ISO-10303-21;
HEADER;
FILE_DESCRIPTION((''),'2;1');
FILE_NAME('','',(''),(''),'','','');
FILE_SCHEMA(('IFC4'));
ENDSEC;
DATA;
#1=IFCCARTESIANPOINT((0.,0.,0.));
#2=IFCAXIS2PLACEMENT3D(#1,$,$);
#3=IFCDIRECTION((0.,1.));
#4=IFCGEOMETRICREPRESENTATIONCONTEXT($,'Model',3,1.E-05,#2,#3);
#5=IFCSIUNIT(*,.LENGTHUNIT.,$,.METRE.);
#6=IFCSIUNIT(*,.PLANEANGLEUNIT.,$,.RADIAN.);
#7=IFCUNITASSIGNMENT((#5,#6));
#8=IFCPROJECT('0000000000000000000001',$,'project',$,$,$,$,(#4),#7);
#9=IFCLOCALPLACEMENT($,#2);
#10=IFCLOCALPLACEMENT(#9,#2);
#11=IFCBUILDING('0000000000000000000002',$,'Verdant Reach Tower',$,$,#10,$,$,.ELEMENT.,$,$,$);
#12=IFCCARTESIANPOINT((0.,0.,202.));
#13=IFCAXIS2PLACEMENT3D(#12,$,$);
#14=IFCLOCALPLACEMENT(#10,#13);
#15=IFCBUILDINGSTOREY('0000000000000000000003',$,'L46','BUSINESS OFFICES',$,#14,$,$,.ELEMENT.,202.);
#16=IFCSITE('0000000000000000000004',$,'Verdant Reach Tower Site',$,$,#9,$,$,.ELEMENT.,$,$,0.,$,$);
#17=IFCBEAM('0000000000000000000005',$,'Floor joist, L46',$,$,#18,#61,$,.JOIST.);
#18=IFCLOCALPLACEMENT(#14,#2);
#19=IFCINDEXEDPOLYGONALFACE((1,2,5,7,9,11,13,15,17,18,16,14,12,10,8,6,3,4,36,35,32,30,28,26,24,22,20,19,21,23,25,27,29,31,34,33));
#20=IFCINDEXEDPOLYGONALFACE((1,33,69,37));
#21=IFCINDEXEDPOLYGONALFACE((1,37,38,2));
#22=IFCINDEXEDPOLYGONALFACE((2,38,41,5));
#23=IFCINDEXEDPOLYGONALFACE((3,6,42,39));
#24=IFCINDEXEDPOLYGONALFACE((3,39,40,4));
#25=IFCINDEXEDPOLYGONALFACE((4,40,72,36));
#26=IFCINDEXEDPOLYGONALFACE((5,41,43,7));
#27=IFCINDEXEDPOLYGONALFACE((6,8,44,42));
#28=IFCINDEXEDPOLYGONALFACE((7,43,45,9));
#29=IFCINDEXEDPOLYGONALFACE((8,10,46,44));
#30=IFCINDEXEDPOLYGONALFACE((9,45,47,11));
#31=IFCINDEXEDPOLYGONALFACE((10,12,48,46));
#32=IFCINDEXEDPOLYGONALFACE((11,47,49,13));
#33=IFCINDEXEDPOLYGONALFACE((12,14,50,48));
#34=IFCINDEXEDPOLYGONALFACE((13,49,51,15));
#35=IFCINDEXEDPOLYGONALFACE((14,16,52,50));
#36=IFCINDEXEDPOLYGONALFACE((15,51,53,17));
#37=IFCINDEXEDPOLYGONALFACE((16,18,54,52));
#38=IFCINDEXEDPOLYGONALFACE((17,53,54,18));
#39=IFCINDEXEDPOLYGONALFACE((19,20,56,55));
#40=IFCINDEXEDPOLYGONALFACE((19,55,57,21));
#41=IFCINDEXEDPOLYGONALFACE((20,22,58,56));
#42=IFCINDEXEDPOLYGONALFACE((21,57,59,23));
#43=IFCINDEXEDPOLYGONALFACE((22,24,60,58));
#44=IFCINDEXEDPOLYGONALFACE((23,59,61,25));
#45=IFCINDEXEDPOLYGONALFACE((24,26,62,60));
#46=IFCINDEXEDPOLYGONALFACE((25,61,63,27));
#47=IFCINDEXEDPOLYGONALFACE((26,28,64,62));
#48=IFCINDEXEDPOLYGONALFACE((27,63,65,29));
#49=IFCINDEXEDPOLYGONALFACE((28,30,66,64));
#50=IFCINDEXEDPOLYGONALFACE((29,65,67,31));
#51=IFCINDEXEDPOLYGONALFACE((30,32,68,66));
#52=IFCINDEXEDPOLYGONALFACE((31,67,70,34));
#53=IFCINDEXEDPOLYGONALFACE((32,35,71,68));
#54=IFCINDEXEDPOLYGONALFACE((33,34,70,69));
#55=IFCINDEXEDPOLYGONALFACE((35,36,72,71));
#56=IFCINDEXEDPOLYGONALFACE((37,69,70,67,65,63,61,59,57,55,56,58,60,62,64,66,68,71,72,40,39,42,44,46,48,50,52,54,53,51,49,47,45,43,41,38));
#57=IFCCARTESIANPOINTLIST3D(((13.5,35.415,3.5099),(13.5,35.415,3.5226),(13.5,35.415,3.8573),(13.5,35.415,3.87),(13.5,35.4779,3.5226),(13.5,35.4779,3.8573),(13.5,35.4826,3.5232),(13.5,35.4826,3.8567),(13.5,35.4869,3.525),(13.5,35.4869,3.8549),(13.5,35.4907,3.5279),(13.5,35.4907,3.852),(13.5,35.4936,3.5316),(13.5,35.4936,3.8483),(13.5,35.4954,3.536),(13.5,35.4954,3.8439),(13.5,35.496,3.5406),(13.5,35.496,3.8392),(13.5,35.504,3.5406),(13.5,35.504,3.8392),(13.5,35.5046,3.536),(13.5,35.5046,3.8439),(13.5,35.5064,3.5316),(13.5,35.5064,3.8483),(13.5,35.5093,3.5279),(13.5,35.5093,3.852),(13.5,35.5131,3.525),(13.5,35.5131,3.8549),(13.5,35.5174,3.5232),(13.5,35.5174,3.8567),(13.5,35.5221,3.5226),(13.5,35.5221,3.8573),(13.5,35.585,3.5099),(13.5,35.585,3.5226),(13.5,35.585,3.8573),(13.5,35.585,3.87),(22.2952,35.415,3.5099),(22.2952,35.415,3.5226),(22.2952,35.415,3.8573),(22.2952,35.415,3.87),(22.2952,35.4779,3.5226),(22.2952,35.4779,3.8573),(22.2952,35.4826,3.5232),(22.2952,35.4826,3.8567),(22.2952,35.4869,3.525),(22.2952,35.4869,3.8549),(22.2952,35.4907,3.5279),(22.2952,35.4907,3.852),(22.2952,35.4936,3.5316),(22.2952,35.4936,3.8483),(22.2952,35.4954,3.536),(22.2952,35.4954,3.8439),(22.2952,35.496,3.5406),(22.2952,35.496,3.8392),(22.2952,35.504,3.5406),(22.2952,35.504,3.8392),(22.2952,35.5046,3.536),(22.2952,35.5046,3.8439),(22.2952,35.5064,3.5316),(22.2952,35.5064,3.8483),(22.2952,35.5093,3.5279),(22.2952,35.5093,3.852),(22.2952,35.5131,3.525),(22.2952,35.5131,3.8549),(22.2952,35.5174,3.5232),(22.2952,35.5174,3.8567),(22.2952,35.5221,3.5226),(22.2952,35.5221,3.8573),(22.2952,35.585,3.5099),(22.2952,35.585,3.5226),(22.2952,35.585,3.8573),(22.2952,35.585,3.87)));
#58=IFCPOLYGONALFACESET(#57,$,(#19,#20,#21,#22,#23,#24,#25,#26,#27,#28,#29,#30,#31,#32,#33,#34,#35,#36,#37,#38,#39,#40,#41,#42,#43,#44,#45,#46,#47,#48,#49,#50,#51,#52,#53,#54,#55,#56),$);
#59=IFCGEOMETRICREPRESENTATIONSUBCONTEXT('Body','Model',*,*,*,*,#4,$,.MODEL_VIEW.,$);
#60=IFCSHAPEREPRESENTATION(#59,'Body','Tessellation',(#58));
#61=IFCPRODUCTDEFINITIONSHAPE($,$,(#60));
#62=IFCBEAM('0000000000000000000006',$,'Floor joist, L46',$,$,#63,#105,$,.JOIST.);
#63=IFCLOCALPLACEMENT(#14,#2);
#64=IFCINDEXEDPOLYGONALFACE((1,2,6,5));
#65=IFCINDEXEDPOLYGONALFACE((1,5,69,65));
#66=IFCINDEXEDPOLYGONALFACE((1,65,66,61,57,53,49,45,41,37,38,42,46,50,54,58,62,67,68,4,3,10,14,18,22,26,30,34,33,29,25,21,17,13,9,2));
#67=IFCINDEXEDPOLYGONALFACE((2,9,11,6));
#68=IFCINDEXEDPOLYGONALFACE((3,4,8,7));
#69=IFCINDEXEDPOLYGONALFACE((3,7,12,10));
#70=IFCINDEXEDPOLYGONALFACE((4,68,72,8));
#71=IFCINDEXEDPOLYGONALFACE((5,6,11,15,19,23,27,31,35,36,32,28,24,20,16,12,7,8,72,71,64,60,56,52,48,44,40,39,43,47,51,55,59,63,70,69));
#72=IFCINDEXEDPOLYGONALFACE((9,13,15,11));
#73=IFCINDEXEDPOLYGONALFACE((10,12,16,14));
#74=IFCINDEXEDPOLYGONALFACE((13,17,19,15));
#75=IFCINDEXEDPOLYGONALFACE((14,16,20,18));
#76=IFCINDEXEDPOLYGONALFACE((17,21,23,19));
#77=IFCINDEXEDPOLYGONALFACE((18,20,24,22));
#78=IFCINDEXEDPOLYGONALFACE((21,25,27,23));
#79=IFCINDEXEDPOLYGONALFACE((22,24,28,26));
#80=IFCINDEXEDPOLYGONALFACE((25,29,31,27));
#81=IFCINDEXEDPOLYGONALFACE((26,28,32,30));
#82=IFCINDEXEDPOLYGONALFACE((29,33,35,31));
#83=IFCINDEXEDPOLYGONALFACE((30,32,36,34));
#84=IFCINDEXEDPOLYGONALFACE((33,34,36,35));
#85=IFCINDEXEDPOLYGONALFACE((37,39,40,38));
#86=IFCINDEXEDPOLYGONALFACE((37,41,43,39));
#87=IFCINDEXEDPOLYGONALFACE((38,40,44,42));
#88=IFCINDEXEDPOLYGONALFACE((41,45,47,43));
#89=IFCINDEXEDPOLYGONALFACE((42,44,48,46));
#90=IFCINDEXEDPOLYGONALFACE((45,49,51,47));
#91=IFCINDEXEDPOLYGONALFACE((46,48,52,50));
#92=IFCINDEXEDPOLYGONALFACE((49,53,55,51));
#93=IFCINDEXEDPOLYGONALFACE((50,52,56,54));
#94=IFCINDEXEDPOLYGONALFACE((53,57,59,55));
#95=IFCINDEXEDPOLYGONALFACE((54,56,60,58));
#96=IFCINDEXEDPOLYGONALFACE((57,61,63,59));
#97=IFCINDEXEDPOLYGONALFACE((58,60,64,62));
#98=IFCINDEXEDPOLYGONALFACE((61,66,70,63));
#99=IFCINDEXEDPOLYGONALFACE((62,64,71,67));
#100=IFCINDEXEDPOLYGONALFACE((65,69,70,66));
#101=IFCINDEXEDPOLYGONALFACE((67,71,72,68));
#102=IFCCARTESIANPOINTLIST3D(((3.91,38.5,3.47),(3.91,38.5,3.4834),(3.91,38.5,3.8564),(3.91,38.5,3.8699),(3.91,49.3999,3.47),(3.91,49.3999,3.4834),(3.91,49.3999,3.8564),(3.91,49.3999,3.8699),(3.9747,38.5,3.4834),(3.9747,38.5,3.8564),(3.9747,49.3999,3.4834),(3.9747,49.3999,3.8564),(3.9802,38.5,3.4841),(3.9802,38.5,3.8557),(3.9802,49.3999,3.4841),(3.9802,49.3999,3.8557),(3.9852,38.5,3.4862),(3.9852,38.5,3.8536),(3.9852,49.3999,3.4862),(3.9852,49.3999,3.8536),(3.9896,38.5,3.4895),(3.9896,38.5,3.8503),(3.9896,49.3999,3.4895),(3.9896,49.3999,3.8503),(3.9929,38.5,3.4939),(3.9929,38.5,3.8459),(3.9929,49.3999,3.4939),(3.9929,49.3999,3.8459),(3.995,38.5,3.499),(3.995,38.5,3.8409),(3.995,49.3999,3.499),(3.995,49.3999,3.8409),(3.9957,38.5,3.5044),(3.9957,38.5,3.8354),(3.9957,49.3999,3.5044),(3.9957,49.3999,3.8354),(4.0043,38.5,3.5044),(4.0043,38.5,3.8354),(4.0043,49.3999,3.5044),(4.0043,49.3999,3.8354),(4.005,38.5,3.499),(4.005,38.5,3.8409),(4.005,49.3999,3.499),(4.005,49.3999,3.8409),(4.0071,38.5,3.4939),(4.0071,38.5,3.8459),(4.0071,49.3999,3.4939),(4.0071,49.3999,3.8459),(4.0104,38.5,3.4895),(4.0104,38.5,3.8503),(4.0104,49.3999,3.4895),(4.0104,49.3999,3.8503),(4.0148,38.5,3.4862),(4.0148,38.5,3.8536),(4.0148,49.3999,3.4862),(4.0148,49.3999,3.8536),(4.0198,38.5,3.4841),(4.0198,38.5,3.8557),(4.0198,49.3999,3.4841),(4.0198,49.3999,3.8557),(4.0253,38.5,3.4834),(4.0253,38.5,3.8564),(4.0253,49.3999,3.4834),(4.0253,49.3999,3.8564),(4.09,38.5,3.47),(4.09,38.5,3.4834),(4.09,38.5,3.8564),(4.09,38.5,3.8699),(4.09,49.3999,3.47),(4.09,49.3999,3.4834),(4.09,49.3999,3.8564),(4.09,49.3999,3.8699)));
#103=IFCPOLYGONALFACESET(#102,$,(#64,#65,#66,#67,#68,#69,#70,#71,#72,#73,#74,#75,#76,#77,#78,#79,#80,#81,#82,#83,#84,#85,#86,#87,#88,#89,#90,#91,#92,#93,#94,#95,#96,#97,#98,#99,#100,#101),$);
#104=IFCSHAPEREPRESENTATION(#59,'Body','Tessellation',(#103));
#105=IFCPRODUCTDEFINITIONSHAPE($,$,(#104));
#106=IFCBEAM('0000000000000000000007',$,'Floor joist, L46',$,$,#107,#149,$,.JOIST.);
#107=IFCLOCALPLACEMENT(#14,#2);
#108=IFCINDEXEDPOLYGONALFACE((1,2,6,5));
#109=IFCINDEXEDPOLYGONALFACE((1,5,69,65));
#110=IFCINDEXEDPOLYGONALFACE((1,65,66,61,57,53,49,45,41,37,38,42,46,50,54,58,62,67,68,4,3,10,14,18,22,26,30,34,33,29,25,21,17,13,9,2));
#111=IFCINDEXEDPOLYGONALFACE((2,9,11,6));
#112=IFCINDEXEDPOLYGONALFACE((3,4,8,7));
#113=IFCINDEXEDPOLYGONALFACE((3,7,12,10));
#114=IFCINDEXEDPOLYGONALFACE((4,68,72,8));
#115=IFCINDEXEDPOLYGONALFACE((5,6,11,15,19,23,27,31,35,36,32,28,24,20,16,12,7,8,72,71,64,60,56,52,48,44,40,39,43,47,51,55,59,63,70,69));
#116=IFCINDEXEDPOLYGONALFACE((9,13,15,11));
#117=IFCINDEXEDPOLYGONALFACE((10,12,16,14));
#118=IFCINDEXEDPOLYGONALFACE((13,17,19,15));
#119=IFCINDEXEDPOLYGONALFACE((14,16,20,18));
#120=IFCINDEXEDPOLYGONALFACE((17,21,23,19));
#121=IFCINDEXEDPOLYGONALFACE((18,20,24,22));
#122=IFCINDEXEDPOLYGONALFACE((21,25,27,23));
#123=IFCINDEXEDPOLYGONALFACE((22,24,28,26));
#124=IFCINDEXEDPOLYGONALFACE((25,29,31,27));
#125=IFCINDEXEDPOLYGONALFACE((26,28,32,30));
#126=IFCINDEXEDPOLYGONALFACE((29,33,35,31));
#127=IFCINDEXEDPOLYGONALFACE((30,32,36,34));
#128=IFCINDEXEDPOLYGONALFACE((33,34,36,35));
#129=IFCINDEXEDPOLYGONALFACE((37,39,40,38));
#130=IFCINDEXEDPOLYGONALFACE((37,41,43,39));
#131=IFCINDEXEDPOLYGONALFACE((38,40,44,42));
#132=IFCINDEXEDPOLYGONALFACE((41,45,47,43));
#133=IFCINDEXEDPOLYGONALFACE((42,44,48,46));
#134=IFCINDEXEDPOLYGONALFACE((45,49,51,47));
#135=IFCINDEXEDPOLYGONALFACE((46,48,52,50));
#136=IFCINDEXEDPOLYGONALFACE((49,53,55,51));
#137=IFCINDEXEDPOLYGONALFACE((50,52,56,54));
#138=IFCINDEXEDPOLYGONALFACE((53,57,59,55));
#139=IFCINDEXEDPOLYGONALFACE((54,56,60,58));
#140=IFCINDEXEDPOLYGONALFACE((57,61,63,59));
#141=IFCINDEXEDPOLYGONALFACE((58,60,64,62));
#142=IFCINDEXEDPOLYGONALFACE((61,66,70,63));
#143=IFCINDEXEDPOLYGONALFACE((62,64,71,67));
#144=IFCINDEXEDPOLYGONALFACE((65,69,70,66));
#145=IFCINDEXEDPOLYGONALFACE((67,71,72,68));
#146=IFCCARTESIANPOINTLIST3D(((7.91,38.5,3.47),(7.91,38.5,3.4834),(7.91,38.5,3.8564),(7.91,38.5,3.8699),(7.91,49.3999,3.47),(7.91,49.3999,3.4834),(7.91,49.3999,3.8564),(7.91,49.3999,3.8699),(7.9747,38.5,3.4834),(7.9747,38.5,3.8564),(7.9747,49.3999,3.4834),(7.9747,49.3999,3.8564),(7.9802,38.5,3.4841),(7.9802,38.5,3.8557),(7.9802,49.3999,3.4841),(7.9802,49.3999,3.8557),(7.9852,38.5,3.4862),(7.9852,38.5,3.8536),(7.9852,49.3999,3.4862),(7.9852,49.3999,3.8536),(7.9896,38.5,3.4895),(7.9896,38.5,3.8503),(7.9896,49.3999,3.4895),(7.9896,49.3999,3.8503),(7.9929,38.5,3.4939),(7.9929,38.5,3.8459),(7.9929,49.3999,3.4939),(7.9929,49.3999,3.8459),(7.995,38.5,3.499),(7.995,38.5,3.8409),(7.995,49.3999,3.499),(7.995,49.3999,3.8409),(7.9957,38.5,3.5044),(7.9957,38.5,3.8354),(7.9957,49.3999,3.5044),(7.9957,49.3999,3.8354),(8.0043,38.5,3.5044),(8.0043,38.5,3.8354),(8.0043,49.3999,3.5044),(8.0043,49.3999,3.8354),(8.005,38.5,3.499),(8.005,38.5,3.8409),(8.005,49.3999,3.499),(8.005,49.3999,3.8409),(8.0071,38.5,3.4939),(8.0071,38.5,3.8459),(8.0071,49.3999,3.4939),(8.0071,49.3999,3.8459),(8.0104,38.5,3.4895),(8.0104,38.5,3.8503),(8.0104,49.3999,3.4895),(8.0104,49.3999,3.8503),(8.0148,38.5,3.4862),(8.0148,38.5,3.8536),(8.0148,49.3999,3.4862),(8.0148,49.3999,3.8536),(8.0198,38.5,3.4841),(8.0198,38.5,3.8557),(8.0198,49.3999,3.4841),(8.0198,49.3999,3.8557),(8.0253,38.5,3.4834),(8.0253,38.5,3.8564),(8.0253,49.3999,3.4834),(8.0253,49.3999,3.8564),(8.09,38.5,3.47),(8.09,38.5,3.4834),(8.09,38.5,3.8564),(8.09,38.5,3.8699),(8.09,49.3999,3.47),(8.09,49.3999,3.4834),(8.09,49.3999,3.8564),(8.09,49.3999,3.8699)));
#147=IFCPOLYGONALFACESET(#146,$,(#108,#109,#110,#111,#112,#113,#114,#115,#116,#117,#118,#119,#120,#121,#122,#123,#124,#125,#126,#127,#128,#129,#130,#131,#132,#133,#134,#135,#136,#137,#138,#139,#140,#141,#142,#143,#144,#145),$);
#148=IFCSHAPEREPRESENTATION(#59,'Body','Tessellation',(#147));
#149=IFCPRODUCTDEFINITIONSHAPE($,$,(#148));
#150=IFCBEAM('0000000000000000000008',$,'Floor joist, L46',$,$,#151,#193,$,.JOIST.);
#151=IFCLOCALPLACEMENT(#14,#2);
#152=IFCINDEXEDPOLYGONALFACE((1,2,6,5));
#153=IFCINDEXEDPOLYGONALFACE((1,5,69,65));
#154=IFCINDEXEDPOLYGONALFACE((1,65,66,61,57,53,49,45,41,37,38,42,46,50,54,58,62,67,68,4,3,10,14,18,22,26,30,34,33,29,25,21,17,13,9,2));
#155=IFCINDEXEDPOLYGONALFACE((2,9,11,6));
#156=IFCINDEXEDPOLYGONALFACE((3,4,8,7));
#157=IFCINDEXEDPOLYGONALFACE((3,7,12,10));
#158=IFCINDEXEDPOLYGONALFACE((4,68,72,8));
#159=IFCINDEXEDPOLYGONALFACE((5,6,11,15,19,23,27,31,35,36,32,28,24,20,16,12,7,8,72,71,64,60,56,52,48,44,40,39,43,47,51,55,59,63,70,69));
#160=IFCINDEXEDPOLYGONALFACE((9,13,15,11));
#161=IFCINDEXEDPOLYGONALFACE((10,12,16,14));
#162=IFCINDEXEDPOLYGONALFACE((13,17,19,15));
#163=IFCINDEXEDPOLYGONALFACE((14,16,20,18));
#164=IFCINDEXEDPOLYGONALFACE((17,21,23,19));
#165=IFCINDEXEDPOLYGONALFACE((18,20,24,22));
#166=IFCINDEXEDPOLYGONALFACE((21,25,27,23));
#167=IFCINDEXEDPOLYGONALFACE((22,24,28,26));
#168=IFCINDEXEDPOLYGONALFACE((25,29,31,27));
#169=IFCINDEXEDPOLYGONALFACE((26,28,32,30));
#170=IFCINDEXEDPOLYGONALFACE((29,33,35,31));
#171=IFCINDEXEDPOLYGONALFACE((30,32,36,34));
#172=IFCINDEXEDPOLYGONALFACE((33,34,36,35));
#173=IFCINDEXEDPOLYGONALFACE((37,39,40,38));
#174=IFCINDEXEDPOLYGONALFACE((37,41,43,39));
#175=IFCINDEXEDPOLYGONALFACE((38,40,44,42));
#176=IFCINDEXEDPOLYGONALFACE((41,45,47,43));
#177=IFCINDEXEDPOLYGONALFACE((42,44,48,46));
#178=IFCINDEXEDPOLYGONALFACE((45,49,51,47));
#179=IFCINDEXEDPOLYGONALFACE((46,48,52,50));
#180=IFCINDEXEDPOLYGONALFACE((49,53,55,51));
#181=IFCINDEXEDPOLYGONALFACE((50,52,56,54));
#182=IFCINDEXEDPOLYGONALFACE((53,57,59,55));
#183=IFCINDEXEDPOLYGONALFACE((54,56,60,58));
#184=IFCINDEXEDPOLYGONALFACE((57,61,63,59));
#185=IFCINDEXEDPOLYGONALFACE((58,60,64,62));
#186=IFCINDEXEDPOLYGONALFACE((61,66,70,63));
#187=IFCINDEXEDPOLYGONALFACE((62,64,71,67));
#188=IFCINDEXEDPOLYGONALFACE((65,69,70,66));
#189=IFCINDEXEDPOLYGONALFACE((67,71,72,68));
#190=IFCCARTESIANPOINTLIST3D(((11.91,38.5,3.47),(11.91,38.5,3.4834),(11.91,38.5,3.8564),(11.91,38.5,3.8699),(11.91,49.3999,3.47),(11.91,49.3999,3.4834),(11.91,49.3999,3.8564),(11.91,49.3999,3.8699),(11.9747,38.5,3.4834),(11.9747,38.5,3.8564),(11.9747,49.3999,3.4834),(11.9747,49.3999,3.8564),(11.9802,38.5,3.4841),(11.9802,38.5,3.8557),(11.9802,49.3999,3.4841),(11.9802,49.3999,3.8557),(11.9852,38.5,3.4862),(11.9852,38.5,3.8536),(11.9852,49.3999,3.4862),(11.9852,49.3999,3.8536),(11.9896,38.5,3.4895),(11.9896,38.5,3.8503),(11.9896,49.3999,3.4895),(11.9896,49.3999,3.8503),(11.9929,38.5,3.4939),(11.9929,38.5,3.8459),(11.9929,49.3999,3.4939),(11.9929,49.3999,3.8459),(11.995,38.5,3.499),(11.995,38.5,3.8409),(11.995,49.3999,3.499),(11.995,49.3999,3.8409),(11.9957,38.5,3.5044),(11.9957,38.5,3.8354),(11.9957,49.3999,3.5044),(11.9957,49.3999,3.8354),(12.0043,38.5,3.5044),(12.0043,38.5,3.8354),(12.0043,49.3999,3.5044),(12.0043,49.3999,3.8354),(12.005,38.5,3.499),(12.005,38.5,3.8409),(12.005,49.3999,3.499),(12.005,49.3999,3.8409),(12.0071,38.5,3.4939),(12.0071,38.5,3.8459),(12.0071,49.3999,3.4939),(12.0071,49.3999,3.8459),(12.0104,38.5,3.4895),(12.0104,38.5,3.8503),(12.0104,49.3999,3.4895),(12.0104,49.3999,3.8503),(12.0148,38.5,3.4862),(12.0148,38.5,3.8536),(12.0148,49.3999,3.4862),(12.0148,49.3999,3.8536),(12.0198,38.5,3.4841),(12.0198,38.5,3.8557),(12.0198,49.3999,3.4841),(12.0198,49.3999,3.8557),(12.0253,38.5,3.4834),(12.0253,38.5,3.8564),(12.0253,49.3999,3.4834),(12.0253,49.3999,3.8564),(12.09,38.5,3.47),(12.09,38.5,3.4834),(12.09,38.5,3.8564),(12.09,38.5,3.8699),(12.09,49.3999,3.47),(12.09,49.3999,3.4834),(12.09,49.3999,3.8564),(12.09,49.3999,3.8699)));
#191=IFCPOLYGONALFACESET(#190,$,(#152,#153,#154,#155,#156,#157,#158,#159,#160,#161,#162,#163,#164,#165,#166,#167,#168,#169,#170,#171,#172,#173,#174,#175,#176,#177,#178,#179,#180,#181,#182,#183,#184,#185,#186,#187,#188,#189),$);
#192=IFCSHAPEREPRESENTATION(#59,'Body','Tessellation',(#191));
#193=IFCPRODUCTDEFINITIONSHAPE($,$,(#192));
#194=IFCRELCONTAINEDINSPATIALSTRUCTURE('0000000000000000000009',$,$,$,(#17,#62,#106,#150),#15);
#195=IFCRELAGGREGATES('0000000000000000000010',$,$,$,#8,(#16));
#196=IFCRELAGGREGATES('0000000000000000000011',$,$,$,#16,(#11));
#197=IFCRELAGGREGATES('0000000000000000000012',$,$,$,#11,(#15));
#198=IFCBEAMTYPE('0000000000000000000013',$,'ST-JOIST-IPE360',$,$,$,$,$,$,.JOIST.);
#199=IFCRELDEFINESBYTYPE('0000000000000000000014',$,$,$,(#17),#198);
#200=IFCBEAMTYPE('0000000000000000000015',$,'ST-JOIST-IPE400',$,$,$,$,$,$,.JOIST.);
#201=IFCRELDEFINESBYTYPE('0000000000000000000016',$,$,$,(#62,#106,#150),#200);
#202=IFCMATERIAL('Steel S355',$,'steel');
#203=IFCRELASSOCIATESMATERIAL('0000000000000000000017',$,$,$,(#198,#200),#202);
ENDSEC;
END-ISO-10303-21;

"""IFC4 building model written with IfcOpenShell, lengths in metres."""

from ifc_helpers import new_model, si_unit, direction, frame, origin, origin_2d, place, context, subcontext, project, spatial, i_section, extrude, material, material_profile, profile_set, type_object, element, save


model = new_model("IFC4")

# Units and contexts
model_context = context("Model", 3, precision=1e-05, world=origin(), true_north=direction((0.0, 1.0)))
body_context = subcontext(model_context, "Body", "Model", "MODEL_VIEW")
ifc_project = project(units=[si_unit("LENGTHUNIT", "METRE"), si_unit("PLANEANGLEUNIT", "RADIAN")], contexts=[model_context])

# Site, building, storey
site_placement = place(None, origin())
site = spatial("IfcSite", under=ifc_project, at=site_placement, Name="Verdant Reach Tower Site", CompositionType="ELEMENT", RefElevation=0.0)
building_placement = place(site_placement, origin())
building = spatial("IfcBuilding", under=site, at=building_placement, Name="Verdant Reach Tower", CompositionType="ELEMENT")
storey_placement = place(building_placement, frame((0.0, 0.0, 202.0)))
storey = spatial("IfcBuildingStorey", under=building, at=storey_placement, Name="L46", Description="BUSINESS OFFICES", CompositionType="ELEMENT", Elevation=202.0)

# Beams
ifc_material_1 = material(Name="Steel S355", Category="steel")
ifc_material_profile_1 = material_profile(ifc_material_1, i_section(OverallWidth=0.1699, OverallDepth=0.3601, WebThickness=0.0081, FlangeThickness=0.0127, FilletRadius=0.0181, at=origin_2d()), Name="IPE 360")
ifc_profile_set_1 = profile_set([ifc_material_profile_1], Name="Steel S355")
beam_type_1 = type_object("IfcBeamType", Name="ST-JOIST-IPE360", PredefinedType="JOIST", material=ifc_profile_set_1)
beam_1_placement = place(storey_placement, frame((13.5, 35.5, 3.6899), z_axis=(1.0, 0.0, 0.0), x_axis=(0.0, 1.0, 0.0)))
element("IfcBeam", 1, at=beam_1_placement, inside=storey, type_object=beam_type_1, Name="Floor joist, L46", PredefinedType="JOIST", context=body_context, shape_type="SweptSolid", body=[
    extrude(i_section(OverallWidth=0.1699, OverallDepth=0.3601, WebThickness=0.0081, FlangeThickness=0.0127, FilletRadius=0.0181, at=origin_2d()), origin(), (0.0, 0.0, 1.0), 8.7952),
])
ifc_material_profile_2 = material_profile(ifc_material_1, i_section(OverallWidth=0.1799, OverallDepth=0.3999, WebThickness=0.0085, FlangeThickness=0.0134, FilletRadius=0.021, at=origin_2d()), Name="IPE 400")
ifc_profile_set_2 = profile_set([ifc_material_profile_2], Name="Steel S355")
beam_type_2 = type_object("IfcBeamType", Name="ST-JOIST-IPE400", PredefinedType="JOIST", material=ifc_profile_set_2)
for number, where, z_axis, x_axis, name in (
    (2, (4.0, 38.5, 3.6699), (0.0, 1.0, 0.0), (-1.0, 0.0, 0.0), "Floor joist, L46"),
    (3, (8.0, 38.5, 3.6699), (0.0, 1.0, 0.0), (-1.0, 0.0, 0.0), "Floor joist, L46"),
    (4, (12.0, 38.5, 3.6699), (0.0, 1.0, 0.0), (-1.0, 0.0, 0.0), "Floor joist, L46"),
):
    element("IfcBeam", number, at=place(storey_placement, frame(where, z_axis=z_axis, x_axis=x_axis)), inside=storey, type_object=beam_type_2, Name=name, PredefinedType="JOIST", context=body_context, shape_type="SweptSolid", body=[
        extrude(i_section(OverallWidth=0.1799, OverallDepth=0.3999, WebThickness=0.0085, FlangeThickness=0.0134, FilletRadius=0.021, at=origin_2d()), origin(), (0.0, 0.0, 1.0), 10.8999),
    ])

save(model, "model.ifc")
